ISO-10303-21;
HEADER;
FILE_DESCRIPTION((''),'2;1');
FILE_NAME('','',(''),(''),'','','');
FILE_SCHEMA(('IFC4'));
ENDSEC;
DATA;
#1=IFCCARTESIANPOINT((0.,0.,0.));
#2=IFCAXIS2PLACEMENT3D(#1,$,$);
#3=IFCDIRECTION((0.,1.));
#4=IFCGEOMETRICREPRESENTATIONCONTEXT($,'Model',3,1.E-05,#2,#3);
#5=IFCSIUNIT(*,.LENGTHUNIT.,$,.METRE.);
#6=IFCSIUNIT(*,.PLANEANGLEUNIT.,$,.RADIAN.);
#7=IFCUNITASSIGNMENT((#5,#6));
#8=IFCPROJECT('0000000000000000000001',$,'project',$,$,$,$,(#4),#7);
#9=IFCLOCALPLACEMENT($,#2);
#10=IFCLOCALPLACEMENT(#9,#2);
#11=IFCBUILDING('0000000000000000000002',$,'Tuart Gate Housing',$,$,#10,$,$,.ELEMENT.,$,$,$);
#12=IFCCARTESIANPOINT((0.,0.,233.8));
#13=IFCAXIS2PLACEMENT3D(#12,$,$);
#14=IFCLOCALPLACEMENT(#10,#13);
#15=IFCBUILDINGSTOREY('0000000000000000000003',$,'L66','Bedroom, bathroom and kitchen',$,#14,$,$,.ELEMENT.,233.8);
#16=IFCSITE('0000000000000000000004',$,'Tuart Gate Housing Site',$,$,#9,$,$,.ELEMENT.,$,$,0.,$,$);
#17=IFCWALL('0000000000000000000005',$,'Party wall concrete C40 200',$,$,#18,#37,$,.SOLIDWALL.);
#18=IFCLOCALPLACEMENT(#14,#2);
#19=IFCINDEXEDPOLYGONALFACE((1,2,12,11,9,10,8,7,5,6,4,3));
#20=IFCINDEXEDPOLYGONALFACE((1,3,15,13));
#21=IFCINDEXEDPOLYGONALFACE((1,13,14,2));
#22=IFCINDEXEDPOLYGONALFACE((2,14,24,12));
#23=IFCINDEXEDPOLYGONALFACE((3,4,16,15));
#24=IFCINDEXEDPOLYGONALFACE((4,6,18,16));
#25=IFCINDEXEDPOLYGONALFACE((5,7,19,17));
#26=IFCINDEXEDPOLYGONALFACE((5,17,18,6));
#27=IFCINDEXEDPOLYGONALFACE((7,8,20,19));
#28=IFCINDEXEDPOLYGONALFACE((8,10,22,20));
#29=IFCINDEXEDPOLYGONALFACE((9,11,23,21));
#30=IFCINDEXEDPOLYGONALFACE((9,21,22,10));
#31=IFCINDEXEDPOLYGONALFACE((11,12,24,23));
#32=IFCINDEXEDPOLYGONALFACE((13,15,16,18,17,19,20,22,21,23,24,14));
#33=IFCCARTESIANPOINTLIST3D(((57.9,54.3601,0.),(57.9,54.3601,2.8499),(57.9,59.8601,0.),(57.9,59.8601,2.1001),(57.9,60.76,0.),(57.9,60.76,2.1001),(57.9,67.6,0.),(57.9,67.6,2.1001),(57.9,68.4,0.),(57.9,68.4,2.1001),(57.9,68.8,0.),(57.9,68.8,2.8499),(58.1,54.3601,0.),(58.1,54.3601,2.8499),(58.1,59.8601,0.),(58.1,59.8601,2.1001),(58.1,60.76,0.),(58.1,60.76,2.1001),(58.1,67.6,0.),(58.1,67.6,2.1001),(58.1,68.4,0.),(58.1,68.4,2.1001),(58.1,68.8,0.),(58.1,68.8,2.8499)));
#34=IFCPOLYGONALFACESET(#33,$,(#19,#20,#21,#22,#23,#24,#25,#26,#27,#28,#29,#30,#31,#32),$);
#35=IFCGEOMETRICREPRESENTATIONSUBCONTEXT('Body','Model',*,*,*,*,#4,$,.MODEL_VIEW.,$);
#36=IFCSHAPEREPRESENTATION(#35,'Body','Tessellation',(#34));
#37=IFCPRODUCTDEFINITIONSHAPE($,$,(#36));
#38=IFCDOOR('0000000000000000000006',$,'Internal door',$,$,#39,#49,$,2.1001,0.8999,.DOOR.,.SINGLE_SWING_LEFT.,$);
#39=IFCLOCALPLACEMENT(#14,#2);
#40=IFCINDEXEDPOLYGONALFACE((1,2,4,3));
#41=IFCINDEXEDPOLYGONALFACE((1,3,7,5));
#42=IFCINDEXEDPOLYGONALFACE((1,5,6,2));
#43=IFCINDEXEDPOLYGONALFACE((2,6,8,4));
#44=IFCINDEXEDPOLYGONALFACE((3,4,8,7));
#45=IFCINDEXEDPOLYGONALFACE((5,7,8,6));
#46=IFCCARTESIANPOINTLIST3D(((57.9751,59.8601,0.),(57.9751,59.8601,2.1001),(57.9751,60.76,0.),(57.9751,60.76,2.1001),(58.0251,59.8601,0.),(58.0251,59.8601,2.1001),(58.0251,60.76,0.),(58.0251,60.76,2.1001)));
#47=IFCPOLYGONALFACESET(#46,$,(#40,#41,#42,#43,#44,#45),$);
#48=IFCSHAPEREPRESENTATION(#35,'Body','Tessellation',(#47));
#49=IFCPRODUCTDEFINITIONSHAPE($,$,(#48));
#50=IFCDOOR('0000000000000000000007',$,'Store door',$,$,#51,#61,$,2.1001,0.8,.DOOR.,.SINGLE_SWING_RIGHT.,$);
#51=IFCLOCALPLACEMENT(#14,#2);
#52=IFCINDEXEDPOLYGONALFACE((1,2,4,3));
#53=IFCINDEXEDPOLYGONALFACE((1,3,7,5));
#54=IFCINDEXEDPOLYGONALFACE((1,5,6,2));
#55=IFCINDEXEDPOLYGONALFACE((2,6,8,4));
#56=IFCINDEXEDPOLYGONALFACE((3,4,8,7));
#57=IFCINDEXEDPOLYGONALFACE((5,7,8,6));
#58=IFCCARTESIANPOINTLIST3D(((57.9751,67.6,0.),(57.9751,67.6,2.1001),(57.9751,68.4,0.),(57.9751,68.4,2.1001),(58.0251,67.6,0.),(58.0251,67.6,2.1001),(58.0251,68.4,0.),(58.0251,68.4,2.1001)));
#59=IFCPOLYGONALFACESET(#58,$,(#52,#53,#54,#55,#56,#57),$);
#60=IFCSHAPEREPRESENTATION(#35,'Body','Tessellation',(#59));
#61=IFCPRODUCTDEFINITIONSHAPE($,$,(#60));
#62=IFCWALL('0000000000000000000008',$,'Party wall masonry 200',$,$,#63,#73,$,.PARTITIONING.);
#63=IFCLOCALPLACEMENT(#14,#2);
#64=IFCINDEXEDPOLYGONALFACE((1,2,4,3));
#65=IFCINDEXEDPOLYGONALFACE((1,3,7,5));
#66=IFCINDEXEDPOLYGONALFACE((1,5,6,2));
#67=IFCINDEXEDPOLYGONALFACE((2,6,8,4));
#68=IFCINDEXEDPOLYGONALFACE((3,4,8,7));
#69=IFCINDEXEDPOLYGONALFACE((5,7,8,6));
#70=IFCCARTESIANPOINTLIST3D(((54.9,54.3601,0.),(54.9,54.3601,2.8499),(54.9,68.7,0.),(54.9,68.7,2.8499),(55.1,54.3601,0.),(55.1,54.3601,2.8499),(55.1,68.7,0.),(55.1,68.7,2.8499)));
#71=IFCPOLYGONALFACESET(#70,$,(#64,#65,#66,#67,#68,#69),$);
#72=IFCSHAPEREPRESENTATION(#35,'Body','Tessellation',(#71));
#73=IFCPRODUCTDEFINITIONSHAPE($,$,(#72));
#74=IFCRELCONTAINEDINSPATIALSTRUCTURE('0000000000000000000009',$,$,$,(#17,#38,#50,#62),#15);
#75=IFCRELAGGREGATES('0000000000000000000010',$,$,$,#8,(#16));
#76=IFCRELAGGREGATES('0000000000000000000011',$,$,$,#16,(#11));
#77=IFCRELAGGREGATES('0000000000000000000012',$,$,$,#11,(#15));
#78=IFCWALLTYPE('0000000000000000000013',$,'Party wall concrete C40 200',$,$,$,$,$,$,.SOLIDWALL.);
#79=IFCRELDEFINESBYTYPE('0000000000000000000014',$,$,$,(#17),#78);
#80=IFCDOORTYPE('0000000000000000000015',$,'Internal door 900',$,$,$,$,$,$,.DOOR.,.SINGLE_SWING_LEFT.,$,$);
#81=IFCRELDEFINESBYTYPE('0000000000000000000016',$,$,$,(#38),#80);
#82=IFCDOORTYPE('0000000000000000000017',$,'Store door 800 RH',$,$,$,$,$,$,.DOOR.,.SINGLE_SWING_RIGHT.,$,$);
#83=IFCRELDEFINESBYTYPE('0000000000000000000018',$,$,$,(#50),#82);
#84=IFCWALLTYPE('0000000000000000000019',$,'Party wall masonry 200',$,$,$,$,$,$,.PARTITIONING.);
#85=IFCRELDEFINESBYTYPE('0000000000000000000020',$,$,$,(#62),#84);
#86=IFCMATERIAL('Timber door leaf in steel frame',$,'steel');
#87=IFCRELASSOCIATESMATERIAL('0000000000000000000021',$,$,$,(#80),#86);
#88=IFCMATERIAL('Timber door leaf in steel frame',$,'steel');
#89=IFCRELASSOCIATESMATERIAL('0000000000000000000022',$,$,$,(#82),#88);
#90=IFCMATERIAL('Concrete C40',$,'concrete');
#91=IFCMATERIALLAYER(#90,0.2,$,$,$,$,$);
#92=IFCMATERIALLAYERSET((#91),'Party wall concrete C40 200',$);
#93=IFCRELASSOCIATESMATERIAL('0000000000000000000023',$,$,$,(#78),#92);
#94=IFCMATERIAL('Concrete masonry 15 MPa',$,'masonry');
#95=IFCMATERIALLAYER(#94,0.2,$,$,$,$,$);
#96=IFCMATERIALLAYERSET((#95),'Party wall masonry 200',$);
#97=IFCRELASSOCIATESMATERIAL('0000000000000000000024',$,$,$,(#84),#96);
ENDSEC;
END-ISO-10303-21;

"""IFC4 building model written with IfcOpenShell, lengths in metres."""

from ifc_helpers import new_model, si_unit, direction, frame, frame_2d, origin, place, context, subcontext, project, spatial, rectangle, extrude, material, layer, layer_set, type_object, element, fill, save


model = new_model("IFC4")

# Units and contexts
model_context = context("Model", 3, precision=1e-05, world=origin(), true_north=direction((0.0, 1.0)))
body_context = subcontext(model_context, "Body", "Model", "MODEL_VIEW")
ifc_project = project(units=[si_unit("LENGTHUNIT", "METRE"), si_unit("PLANEANGLEUNIT", "RADIAN")], contexts=[model_context])

# Site, building, storey
site_placement = place(None, origin())
site = spatial("IfcSite", under=ifc_project, at=site_placement, Name="Tuart Gate Housing Site", CompositionType="ELEMENT", RefElevation=0.0)
building_placement = place(site_placement, origin())
building = spatial("IfcBuilding", under=site, at=building_placement, Name="Tuart Gate Housing", CompositionType="ELEMENT")
storey_placement = place(building_placement, frame((0.0, 0.0, 233.8)))
storey = spatial("IfcBuildingStorey", under=building, at=storey_placement, Name="L66", Description="Bedroom, bathroom and kitchen", CompositionType="ELEMENT", Elevation=233.8)

# Wall, openings, doors
ifc_material_1 = material(Name="Timber door leaf in steel frame", Category="steel")
door_type_1 = type_object("IfcDoorType", Name="Internal door 900", OperationType="SINGLE_SWING_LEFT", PredefinedType="DOOR", material=ifc_material_1)
ifc_material_2 = material(Name="Timber door leaf in steel frame", Category="steel")
door_type_2 = type_object("IfcDoorType", Name="Store door 800 RH", OperationType="SINGLE_SWING_RIGHT", PredefinedType="DOOR", material=ifc_material_2)
ifc_material_3 = material(Name="Concrete C40", Category="concrete")
ifc_layer_1 = layer(ifc_material_3, 0.2)
ifc_layer_set_1 = layer_set([ifc_layer_1], Name="Party wall concrete C40 200")
wall_type_1 = type_object("IfcWallType", Name="Party wall concrete C40 200", PredefinedType="SOLIDWALL", material=ifc_layer_set_1)
wall_1_placement = place(storey_placement, frame((58.0, 54.3601, 0.0), z_axis=(0.0, 0.0, 1.0), x_axis=(0.0, 1.0, 0.0)))
wall_1 = element("IfcWall", 1, at=wall_1_placement, inside=storey, type_object=wall_type_1, Name="Party wall concrete C40 200", PredefinedType="SOLIDWALL", context=body_context, shape_type="SweptSolid", body=[
    extrude(rectangle(XDim=14.4399, YDim=0.2, at=frame_2d((7.22, 0.0))), origin(), (0.0, 0.0, 1.0), 2.8499),
])
opening_1_placement = place(wall_1_placement, frame((5.5, 0.0, 0.0)))
opening_1 = element("IfcOpeningElement", 2, at=opening_1_placement, cuts=wall_1, PredefinedType="OPENING", context=body_context, shape_type="SweptSolid", body=[
    extrude(rectangle(XDim=0.8999, YDim=2.1001, at=frame_2d((0.45, 1.05))), frame((0.0, 0.1099, 0.0), z_axis=(0.0, -1.0, 0.0), x_axis=(1.0, 0.0, 0.0)), (0.0, 0.0, 1.0), 0.22),
])
opening_2_placement = place(wall_1_placement, frame((13.24, 0.0, 0.0)))
opening_2 = element("IfcOpeningElement", 3, at=opening_2_placement, cuts=wall_1, PredefinedType="OPENING", context=body_context, shape_type="SweptSolid", body=[
    extrude(rectangle(XDim=0.8, YDim=2.1001, at=frame_2d((0.3999, 1.05))), frame((0.0, 0.1099, 0.0), z_axis=(0.0, -1.0, 0.0), x_axis=(1.0, 0.0, 0.0)), (0.0, 0.0, 1.0), 0.22),
])
door_1_placement = place(opening_1_placement, origin())
door_1 = element("IfcDoor", 4, at=door_1_placement, inside=storey, type_object=door_type_1, Name="Internal door", OperationType="SINGLE_SWING_LEFT", OverallHeight=2.1001, OverallWidth=0.8999, PredefinedType="DOOR", context=body_context, shape_type="SweptSolid", body=[
    extrude(rectangle(XDim=0.8999, YDim=2.1001, at=frame_2d((0.45, 1.05))), frame((0.0, 0.0249, 0.0), z_axis=(0.0, -1.0, 0.0), x_axis=(1.0, 0.0, 0.0)), (0.0, 0.0, 1.0), 0.05),
])
fill(opening_1, door_1)
door_2_placement = place(opening_2_placement, origin())
door_2 = element("IfcDoor", 5, at=door_2_placement, inside=storey, type_object=door_type_2, Name="Store door", OperationType="SINGLE_SWING_RIGHT", OverallHeight=2.1001, OverallWidth=0.8, PredefinedType="DOOR", context=body_context, shape_type="SweptSolid", body=[
    extrude(rectangle(XDim=0.8, YDim=2.1001, at=frame_2d((0.3999, 1.05))), frame((0.0, 0.0249, 0.0), z_axis=(0.0, -1.0, 0.0), x_axis=(1.0, 0.0, 0.0)), (0.0, 0.0, 1.0), 0.05),
])
fill(opening_2, door_2)

# Wall
ifc_material_4 = material(Name="Concrete masonry 15 MPa", Category="masonry")
ifc_layer_2 = layer(ifc_material_4, 0.2)
ifc_layer_set_2 = layer_set([ifc_layer_2], Name="Party wall masonry 200")
wall_type_2 = type_object("IfcWallType", Name="Party wall masonry 200", PredefinedType="PARTITIONING", material=ifc_layer_set_2)
wall_2_placement = place(storey_placement, frame((55.0, 54.3601, 0.0), z_axis=(0.0, 0.0, 1.0), x_axis=(0.0, 1.0, 0.0)))
element("IfcWall", 6, at=wall_2_placement, inside=storey, type_object=wall_type_2, Name="Party wall masonry 200", PredefinedType="PARTITIONING", context=body_context, shape_type="SweptSolid", body=[
    extrude(rectangle(XDim=14.3398, YDim=0.2, at=frame_2d((7.1699, 0.0))), origin(), (0.0, 0.0, 1.0), 2.8499),
])

save(model, "model.ifc")
